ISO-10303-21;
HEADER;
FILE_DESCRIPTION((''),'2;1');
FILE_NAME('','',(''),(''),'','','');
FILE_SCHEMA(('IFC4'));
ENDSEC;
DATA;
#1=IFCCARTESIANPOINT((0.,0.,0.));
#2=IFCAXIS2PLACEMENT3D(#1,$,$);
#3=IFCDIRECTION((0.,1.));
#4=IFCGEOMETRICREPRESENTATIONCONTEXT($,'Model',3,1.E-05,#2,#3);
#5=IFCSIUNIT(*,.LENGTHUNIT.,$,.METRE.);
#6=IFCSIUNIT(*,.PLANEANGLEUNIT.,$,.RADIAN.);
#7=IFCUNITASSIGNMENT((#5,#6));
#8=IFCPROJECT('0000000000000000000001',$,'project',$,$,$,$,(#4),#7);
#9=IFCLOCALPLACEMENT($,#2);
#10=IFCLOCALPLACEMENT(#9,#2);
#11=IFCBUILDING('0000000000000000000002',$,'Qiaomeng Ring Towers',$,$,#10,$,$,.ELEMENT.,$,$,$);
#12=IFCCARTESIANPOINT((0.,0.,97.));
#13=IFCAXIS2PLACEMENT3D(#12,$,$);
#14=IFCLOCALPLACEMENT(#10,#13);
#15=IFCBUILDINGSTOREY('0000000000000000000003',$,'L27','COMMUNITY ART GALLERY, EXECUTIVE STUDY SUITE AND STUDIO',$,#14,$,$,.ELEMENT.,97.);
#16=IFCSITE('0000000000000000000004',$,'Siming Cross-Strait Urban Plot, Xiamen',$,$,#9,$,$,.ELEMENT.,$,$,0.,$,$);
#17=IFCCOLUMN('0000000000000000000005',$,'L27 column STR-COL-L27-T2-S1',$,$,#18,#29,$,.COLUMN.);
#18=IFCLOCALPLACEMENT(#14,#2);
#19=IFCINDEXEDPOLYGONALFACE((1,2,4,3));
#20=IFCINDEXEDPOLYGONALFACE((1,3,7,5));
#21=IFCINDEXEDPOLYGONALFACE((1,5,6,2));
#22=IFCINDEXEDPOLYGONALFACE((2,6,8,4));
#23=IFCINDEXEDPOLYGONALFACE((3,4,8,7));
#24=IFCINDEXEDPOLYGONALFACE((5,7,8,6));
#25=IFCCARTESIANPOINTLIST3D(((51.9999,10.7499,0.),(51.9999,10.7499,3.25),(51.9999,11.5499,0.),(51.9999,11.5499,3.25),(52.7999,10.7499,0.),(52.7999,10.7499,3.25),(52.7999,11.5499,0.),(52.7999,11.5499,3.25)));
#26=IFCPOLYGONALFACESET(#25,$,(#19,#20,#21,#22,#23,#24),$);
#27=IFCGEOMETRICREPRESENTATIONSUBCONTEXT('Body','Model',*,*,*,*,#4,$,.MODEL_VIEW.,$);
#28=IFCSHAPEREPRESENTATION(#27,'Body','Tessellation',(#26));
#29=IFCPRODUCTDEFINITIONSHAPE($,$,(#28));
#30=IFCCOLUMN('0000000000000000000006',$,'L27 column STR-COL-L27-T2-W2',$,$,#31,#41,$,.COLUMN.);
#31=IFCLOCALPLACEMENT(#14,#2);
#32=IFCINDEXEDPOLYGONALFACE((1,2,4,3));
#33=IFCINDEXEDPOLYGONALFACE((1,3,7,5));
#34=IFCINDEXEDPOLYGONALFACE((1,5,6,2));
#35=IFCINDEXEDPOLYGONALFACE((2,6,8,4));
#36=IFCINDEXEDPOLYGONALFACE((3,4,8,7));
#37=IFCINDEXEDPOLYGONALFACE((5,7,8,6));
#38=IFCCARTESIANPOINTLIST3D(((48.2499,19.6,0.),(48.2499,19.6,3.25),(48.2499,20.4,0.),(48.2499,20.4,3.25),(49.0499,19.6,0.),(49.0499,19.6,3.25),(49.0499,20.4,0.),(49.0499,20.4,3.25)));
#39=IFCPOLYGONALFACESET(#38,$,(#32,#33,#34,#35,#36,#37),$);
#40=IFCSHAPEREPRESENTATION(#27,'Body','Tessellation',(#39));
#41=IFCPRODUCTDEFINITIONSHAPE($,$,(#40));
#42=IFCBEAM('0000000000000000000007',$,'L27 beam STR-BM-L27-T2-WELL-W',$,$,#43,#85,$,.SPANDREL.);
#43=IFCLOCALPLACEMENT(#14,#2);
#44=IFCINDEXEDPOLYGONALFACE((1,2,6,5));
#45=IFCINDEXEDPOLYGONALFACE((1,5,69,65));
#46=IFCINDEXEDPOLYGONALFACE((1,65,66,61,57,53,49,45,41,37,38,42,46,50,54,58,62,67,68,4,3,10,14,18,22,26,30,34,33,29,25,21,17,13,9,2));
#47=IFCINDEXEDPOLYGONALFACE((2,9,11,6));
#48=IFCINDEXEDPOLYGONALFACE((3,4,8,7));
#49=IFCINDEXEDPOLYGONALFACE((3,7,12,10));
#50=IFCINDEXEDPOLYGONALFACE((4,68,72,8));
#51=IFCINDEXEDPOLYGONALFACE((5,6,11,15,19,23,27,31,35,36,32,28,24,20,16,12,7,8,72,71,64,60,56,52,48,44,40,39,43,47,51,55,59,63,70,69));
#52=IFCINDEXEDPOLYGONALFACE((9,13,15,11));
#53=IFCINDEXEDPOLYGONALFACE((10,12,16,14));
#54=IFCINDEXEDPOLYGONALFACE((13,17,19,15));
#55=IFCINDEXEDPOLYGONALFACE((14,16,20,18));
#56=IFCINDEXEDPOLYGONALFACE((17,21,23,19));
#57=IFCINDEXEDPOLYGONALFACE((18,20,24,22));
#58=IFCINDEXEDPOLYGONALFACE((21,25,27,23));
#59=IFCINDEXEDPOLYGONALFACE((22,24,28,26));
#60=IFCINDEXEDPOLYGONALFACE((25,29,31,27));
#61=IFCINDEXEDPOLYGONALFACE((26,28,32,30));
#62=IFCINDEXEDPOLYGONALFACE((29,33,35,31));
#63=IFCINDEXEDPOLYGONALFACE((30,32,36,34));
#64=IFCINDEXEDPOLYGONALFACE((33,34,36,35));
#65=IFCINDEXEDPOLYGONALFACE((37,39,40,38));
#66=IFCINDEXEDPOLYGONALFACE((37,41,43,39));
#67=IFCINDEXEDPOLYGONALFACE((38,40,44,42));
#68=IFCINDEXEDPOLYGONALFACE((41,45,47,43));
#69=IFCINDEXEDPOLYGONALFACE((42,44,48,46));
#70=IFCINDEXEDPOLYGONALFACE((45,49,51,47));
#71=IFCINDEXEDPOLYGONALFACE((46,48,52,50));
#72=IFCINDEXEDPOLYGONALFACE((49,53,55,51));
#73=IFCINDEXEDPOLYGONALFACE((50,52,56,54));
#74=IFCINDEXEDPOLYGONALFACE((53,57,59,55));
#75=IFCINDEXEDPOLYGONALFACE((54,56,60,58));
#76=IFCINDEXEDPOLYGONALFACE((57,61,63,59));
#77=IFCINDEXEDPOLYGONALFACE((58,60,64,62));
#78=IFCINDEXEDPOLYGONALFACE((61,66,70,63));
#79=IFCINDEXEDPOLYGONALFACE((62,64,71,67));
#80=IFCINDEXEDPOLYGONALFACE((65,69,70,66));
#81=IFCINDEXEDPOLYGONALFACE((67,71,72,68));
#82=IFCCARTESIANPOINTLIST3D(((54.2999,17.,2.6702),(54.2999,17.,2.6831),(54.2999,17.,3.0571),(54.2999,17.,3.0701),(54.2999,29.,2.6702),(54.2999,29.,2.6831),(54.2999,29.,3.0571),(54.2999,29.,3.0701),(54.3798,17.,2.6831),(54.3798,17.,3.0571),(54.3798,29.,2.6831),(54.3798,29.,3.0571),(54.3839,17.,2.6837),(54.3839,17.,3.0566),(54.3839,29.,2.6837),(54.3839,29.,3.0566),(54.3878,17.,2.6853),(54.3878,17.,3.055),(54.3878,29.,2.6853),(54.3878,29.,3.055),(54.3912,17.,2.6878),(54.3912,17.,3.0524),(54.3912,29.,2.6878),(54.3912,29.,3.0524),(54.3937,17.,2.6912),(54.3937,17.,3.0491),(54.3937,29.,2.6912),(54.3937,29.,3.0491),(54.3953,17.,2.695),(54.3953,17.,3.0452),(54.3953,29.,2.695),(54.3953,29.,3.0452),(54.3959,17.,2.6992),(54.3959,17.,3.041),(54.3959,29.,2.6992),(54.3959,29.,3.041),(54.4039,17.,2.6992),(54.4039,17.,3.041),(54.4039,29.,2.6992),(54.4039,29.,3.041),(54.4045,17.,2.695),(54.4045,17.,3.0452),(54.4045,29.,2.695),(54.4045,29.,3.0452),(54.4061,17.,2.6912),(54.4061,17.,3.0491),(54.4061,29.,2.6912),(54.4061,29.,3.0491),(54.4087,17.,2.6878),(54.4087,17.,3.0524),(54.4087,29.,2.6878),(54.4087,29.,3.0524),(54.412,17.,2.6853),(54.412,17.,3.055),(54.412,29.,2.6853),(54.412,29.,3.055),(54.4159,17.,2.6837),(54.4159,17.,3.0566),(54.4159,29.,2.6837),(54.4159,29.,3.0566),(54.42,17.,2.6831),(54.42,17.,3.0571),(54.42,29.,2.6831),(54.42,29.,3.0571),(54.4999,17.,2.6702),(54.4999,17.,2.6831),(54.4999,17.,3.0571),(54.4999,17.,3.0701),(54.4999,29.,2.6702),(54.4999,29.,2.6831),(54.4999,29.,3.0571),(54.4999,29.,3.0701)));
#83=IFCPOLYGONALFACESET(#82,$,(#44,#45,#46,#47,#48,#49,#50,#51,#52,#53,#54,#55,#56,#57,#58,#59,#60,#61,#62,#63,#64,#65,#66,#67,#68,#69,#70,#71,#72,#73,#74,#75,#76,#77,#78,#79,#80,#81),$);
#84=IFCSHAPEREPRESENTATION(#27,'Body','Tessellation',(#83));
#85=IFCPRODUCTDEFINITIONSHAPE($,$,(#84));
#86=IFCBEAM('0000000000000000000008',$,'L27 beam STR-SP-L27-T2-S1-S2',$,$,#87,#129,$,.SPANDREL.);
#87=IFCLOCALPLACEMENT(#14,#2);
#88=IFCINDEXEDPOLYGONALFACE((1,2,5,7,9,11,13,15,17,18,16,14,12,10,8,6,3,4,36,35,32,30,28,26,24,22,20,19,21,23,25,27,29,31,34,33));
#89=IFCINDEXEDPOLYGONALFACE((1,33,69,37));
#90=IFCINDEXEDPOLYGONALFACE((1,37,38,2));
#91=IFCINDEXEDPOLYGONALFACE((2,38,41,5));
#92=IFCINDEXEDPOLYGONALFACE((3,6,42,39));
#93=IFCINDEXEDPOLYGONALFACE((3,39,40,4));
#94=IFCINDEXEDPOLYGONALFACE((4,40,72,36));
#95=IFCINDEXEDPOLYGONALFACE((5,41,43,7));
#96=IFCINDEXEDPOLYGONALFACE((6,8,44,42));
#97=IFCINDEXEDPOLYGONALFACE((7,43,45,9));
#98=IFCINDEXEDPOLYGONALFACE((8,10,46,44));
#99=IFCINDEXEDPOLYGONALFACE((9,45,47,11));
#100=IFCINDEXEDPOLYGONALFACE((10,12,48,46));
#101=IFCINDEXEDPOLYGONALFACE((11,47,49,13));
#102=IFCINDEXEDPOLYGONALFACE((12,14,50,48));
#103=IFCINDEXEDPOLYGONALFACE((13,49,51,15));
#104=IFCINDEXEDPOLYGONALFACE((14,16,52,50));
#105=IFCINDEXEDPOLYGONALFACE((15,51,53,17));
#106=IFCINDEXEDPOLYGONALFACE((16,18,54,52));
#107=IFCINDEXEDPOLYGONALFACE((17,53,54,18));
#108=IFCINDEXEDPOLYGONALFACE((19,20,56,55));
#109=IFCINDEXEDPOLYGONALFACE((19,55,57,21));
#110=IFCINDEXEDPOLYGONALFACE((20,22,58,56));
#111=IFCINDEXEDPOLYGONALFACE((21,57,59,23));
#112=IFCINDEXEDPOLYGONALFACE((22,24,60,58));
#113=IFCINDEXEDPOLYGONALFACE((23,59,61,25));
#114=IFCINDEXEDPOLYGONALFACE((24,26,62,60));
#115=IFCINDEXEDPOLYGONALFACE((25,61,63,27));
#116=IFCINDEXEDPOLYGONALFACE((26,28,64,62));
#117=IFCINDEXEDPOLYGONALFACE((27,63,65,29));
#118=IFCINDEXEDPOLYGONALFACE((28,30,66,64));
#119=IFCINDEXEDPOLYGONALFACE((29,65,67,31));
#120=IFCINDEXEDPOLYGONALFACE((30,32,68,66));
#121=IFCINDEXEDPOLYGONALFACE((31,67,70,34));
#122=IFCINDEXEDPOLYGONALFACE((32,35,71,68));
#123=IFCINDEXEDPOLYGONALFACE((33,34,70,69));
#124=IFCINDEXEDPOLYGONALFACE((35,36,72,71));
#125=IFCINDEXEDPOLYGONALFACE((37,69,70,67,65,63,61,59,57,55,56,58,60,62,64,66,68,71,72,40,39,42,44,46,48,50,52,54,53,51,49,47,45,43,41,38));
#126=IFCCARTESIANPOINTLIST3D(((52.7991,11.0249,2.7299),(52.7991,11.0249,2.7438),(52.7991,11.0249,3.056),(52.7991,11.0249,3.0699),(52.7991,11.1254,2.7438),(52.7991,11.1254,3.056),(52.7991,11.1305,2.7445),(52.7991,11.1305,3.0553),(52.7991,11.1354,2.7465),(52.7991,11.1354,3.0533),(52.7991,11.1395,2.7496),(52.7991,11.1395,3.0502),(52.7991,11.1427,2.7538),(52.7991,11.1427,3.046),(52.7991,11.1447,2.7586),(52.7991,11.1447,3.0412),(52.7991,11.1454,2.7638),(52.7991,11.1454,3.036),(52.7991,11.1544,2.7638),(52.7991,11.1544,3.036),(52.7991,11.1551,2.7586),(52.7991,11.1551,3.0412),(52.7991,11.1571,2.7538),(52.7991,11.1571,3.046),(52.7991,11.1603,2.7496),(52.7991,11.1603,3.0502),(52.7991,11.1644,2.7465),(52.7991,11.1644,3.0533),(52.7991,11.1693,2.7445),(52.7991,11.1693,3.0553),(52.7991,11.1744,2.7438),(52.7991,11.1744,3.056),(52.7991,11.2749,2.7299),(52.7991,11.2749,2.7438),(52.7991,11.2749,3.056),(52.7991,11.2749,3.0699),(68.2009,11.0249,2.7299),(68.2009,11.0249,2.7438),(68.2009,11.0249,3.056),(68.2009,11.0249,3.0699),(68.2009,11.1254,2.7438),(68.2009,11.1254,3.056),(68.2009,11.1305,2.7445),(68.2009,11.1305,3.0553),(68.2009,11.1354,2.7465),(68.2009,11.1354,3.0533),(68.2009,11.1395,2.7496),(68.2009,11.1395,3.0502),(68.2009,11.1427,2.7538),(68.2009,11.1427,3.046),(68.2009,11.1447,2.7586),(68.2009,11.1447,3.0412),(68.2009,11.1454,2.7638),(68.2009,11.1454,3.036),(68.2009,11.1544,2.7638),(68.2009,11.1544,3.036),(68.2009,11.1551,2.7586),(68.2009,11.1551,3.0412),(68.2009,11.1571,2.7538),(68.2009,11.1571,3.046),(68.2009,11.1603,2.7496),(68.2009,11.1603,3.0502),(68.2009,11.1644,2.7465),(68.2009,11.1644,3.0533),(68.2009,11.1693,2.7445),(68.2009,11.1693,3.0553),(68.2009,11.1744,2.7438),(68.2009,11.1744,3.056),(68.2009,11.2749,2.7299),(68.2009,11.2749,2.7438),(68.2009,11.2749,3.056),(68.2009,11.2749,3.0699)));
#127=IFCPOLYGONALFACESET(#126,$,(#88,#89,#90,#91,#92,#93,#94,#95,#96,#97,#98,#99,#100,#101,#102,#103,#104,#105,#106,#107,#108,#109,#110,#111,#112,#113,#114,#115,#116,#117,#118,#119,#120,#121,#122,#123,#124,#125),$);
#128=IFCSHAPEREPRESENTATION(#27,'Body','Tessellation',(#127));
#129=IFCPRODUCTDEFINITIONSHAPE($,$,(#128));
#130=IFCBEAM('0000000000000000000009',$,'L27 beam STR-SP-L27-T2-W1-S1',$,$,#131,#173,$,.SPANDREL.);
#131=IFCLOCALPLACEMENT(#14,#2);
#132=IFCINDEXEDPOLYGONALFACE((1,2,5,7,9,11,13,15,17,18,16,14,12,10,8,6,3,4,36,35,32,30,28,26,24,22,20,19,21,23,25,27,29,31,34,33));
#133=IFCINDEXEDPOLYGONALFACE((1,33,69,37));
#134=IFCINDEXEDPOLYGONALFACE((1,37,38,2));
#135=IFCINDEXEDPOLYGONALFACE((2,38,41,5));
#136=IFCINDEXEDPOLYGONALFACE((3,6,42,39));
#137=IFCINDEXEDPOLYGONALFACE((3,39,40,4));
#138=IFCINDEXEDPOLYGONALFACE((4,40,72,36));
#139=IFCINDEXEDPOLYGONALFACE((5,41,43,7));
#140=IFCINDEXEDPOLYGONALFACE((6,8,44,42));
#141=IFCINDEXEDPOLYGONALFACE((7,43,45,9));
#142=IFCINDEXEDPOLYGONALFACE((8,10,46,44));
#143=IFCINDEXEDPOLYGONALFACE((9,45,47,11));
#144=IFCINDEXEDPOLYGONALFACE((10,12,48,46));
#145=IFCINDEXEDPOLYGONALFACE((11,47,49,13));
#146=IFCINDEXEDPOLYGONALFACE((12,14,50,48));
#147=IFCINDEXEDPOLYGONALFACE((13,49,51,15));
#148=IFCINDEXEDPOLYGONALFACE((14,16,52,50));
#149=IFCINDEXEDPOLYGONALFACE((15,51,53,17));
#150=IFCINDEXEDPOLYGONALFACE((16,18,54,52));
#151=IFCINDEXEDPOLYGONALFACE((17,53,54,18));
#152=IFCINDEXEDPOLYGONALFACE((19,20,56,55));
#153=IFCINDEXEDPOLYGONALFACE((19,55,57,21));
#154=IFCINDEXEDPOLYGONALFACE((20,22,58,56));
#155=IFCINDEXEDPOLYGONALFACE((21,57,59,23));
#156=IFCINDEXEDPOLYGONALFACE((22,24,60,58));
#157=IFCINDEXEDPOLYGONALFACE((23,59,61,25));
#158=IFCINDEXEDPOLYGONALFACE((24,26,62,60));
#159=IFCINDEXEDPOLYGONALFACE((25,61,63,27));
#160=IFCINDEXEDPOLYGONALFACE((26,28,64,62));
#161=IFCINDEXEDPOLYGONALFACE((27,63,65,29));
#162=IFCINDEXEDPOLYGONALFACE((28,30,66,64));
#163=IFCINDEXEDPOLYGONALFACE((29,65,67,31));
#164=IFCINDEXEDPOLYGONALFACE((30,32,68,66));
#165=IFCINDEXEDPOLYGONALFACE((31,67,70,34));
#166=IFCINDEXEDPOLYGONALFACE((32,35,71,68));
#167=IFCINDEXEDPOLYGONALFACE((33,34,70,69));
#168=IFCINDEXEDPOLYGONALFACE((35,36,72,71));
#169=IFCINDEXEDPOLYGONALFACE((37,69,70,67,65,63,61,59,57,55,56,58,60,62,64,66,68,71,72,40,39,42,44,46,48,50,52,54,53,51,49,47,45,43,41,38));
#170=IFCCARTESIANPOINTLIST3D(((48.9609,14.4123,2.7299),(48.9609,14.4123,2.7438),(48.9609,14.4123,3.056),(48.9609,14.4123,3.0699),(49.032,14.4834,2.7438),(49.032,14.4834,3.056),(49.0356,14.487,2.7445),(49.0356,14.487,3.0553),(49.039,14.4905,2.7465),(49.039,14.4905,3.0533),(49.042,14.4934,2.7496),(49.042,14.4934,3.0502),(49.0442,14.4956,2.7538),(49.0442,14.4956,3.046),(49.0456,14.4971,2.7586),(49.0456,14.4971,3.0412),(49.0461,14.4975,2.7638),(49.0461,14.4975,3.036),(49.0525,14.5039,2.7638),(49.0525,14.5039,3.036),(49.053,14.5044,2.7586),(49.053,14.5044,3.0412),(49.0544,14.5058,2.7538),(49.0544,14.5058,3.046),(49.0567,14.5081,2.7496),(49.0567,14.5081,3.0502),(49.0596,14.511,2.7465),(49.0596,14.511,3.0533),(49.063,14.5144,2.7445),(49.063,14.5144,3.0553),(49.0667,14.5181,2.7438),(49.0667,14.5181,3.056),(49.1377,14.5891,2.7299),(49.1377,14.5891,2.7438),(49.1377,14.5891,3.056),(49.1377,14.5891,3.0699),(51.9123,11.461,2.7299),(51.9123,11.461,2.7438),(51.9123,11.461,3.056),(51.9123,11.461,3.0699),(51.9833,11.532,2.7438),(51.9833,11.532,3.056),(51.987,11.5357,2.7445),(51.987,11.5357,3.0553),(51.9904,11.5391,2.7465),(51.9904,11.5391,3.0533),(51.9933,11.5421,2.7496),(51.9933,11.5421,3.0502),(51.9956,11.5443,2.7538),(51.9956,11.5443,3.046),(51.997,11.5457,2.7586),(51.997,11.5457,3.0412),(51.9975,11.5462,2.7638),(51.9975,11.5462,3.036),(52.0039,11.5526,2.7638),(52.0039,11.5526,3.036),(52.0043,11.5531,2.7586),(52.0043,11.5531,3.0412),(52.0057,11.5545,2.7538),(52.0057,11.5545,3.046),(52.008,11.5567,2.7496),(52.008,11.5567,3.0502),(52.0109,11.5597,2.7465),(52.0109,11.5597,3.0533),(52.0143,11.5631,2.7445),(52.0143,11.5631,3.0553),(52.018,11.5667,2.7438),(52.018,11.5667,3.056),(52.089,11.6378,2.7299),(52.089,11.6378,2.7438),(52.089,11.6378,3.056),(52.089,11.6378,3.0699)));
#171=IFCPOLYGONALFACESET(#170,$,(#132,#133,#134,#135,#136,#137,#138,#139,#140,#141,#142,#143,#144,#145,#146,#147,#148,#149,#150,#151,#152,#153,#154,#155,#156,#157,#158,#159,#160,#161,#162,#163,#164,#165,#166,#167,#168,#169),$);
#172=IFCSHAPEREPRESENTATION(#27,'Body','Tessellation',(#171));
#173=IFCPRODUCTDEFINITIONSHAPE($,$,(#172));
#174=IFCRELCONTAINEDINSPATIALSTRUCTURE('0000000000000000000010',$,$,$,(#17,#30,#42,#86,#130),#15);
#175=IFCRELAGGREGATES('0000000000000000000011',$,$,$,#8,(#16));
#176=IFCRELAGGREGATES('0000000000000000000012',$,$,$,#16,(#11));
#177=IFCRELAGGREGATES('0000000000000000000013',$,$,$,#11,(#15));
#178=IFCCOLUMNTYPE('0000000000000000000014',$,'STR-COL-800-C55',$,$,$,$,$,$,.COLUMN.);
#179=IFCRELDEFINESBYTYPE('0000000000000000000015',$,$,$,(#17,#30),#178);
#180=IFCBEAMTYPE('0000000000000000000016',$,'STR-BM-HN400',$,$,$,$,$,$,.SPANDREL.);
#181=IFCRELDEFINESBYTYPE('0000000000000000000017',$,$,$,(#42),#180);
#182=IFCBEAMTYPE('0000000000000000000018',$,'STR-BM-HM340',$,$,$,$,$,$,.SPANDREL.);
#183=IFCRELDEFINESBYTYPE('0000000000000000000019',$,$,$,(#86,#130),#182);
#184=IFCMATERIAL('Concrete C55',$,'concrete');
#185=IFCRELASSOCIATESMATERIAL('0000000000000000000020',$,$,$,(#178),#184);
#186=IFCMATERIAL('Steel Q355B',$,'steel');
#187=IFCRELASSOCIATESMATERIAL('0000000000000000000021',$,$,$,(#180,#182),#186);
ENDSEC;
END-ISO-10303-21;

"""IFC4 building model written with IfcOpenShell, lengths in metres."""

from ifc_helpers import new_model, si_unit, direction, frame, origin, origin_2d, place, context, subcontext, project, spatial, rectangle, i_section, extrude, source, transform, mapped, material, material_profile, profile_set, type_object, element, save


model = new_model("IFC4")

# Units and contexts
model_context = context("Model", 3, precision=1e-05, world=origin(), true_north=direction((0.0, 1.0)))
body_context = subcontext(model_context, "Body", "Model", "MODEL_VIEW")
ifc_project = project(units=[si_unit("LENGTHUNIT", "METRE"), si_unit("PLANEANGLEUNIT", "RADIAN")], contexts=[model_context])

# Site, building, storey
site_placement = place(None, origin())
site = spatial("IfcSite", under=ifc_project, at=site_placement, Name="Siming Cross-Strait Urban Plot, Xiamen", CompositionType="ELEMENT", RefElevation=0.0)
building_placement = place(site_placement, origin())
building = spatial("IfcBuilding", under=site, at=building_placement, Name="Qiaomeng Ring Towers", CompositionType="ELEMENT")
storey_placement = place(building_placement, frame((0.0, 0.0, 97.0)))
storey = spatial("IfcBuildingStorey", under=building, at=storey_placement, Name="L27", Description="COMMUNITY ART GALLERY, EXECUTIVE STUDY SUITE AND STUDIO", CompositionType="ELEMENT", Elevation=97.0)

# Columns
ifc_material_1 = material(Name="Concrete C55", Category="concrete")
ifc_material_profile_1 = material_profile(ifc_material_1, rectangle(XDim=0.8, YDim=0.8, at=origin_2d()), Name="RC COL 800x800")
ifc_profile_set_1 = profile_set([ifc_material_profile_1], Name="Concrete C55")
column_type = type_object("IfcColumnType", Name="STR-COL-800-C55", PredefinedType="COLUMN", material=ifc_profile_set_1)
shared_shape_1 = source(origin(), body_context, "Body", "SweptSolid", [
    extrude(rectangle(XDim=0.8, YDim=0.8, at=origin_2d()), origin(), (0.0, 0.0, 1.0), 3.25),
])
for number, where, z_axis, x_axis, name in (
    (1, (52.3999, 11.1499, 0.0), (0.0, 0.0, 1.0), (1.0, 0.0, 0.0), "L27 column STR-COL-L27-T2-S1"),
    (2, (48.6499, 20.0, 0.0), (0.0, 0.0, 1.0), (1.0, 0.0, 0.0), "L27 column STR-COL-L27-T2-W2"),
):
    element("IfcColumn", number, at=place(storey_placement, frame(where, z_axis=z_axis, x_axis=x_axis)), inside=storey, type_object=column_type, Name=name, PredefinedType="COLUMN", context=body_context, shape_type="MappedRepresentation", body=[
        mapped(shared_shape_1, transform((0.0, 0.0, 0.0), x_axis=(1.0, 0.0, 0.0), y_axis=(0.0, 1.0, 0.0), z_axis=(0.0, 0.0, 1.0), scale=1.0)),
    ])

# Beams
ifc_material_2 = material(Name="Steel Q355B", Category="steel")
ifc_material_profile_2 = material_profile(ifc_material_2, i_section(OverallWidth=0.2, OverallDepth=0.3999, WebThickness=0.0081, FlangeThickness=0.0129, FilletRadius=0.0161, at=origin_2d()), Name="HN 400x200x8x13")
ifc_profile_set_2 = profile_set([ifc_material_profile_2], Name="Steel Q355B")
beam_type_1 = type_object("IfcBeamType", Name="STR-BM-HN400", PredefinedType="SPANDREL", material=ifc_profile_set_2)
shared_shape_2 = source(origin(), body_context, "Body", "SweptSolid", [
    extrude(i_section(OverallWidth=0.2, OverallDepth=0.3999, WebThickness=0.0081, FlangeThickness=0.0129, FilletRadius=0.0161, at=origin_2d()), origin(), (0.0, 0.0, 1.0), 12.0),
])
beam_1_placement = place(storey_placement, frame((54.3999, 17.0, 2.8701), z_axis=(0.0, 1.0, 0.0), x_axis=(-1.0, 0.0, 0.0)))
element("IfcBeam", 3, at=beam_1_placement, inside=storey, type_object=beam_type_1, Name="L27 beam STR-BM-L27-T2-WELL-W", PredefinedType="SPANDREL", context=body_context, shape_type="MappedRepresentation", body=[
    mapped(shared_shape_2, transform((0.0, 0.0, 0.0), x_axis=(1.0, 0.0, 0.0), y_axis=(0.0, 1.0, 0.0), z_axis=(0.0, 0.0, 1.0), scale=1.0)),
])
ifc_material_profile_3 = material_profile(ifc_material_2, i_section(OverallWidth=0.25, OverallDepth=0.3401, WebThickness=0.009, FlangeThickness=0.0139, FilletRadius=0.02, at=origin_2d()), Name="HM 340x250x9x14")
ifc_profile_set_3 = profile_set([ifc_material_profile_3], Name="Steel Q355B")
beam_type_2 = type_object("IfcBeamType", Name="STR-BM-HM340", PredefinedType="SPANDREL", material=ifc_profile_set_3)
shared_shape_3 = source(origin(), body_context, "Body", "SweptSolid", [
    extrude(i_section(OverallWidth=0.25, OverallDepth=0.3401, WebThickness=0.009, FlangeThickness=0.0139, FilletRadius=0.02, at=origin_2d()), origin(), (0.0, 0.0, 1.0), 15.4019),
])
beam_2_placement = place(storey_placement, frame((52.7991, 11.1499, 2.8999), z_axis=(1.0, 0.0, 0.0), x_axis=(0.0, 1.0, 0.0)))
element("IfcBeam", 4, at=beam_2_placement, inside=storey, type_object=beam_type_2, Name="L27 beam STR-SP-L27-T2-S1-S2", PredefinedType="SPANDREL", context=body_context, shape_type="MappedRepresentation", body=[
    mapped(shared_shape_3, transform((0.0, 0.0, 0.0), x_axis=(1.0, 0.0, 0.0), y_axis=(0.0, 1.0, 0.0), z_axis=(0.0, 0.0, 1.0), scale=1.0)),
])
shared_shape_4 = source(origin(), body_context, "Body", "SweptSolid", [
    extrude(i_section(OverallWidth=0.25, OverallDepth=0.3401, WebThickness=0.009, FlangeThickness=0.0139, FilletRadius=0.02, at=origin_2d()), origin(), (0.0, 0.0, 1.0), 4.1738),
])
beam_3_placement = place(storey_placement, frame((49.0493, 14.5007, 2.8999), z_axis=(0.707107, -0.707107, 0.0), x_axis=(0.707107, 0.707107, 0.0)))
element("IfcBeam", 5, at=beam_3_placement, inside=storey, type_object=beam_type_2, Name="L27 beam STR-SP-L27-T2-W1-S1", PredefinedType="SPANDREL", context=body_context, shape_type="MappedRepresentation", body=[
    mapped(shared_shape_4, transform((0.0, 0.0, 0.0), x_axis=(1.0, 0.0, 0.0), y_axis=(0.0, 1.0, 0.0), z_axis=(0.0, 0.0, 1.0), scale=1.0)),
])

save(model, "model.ifc")
